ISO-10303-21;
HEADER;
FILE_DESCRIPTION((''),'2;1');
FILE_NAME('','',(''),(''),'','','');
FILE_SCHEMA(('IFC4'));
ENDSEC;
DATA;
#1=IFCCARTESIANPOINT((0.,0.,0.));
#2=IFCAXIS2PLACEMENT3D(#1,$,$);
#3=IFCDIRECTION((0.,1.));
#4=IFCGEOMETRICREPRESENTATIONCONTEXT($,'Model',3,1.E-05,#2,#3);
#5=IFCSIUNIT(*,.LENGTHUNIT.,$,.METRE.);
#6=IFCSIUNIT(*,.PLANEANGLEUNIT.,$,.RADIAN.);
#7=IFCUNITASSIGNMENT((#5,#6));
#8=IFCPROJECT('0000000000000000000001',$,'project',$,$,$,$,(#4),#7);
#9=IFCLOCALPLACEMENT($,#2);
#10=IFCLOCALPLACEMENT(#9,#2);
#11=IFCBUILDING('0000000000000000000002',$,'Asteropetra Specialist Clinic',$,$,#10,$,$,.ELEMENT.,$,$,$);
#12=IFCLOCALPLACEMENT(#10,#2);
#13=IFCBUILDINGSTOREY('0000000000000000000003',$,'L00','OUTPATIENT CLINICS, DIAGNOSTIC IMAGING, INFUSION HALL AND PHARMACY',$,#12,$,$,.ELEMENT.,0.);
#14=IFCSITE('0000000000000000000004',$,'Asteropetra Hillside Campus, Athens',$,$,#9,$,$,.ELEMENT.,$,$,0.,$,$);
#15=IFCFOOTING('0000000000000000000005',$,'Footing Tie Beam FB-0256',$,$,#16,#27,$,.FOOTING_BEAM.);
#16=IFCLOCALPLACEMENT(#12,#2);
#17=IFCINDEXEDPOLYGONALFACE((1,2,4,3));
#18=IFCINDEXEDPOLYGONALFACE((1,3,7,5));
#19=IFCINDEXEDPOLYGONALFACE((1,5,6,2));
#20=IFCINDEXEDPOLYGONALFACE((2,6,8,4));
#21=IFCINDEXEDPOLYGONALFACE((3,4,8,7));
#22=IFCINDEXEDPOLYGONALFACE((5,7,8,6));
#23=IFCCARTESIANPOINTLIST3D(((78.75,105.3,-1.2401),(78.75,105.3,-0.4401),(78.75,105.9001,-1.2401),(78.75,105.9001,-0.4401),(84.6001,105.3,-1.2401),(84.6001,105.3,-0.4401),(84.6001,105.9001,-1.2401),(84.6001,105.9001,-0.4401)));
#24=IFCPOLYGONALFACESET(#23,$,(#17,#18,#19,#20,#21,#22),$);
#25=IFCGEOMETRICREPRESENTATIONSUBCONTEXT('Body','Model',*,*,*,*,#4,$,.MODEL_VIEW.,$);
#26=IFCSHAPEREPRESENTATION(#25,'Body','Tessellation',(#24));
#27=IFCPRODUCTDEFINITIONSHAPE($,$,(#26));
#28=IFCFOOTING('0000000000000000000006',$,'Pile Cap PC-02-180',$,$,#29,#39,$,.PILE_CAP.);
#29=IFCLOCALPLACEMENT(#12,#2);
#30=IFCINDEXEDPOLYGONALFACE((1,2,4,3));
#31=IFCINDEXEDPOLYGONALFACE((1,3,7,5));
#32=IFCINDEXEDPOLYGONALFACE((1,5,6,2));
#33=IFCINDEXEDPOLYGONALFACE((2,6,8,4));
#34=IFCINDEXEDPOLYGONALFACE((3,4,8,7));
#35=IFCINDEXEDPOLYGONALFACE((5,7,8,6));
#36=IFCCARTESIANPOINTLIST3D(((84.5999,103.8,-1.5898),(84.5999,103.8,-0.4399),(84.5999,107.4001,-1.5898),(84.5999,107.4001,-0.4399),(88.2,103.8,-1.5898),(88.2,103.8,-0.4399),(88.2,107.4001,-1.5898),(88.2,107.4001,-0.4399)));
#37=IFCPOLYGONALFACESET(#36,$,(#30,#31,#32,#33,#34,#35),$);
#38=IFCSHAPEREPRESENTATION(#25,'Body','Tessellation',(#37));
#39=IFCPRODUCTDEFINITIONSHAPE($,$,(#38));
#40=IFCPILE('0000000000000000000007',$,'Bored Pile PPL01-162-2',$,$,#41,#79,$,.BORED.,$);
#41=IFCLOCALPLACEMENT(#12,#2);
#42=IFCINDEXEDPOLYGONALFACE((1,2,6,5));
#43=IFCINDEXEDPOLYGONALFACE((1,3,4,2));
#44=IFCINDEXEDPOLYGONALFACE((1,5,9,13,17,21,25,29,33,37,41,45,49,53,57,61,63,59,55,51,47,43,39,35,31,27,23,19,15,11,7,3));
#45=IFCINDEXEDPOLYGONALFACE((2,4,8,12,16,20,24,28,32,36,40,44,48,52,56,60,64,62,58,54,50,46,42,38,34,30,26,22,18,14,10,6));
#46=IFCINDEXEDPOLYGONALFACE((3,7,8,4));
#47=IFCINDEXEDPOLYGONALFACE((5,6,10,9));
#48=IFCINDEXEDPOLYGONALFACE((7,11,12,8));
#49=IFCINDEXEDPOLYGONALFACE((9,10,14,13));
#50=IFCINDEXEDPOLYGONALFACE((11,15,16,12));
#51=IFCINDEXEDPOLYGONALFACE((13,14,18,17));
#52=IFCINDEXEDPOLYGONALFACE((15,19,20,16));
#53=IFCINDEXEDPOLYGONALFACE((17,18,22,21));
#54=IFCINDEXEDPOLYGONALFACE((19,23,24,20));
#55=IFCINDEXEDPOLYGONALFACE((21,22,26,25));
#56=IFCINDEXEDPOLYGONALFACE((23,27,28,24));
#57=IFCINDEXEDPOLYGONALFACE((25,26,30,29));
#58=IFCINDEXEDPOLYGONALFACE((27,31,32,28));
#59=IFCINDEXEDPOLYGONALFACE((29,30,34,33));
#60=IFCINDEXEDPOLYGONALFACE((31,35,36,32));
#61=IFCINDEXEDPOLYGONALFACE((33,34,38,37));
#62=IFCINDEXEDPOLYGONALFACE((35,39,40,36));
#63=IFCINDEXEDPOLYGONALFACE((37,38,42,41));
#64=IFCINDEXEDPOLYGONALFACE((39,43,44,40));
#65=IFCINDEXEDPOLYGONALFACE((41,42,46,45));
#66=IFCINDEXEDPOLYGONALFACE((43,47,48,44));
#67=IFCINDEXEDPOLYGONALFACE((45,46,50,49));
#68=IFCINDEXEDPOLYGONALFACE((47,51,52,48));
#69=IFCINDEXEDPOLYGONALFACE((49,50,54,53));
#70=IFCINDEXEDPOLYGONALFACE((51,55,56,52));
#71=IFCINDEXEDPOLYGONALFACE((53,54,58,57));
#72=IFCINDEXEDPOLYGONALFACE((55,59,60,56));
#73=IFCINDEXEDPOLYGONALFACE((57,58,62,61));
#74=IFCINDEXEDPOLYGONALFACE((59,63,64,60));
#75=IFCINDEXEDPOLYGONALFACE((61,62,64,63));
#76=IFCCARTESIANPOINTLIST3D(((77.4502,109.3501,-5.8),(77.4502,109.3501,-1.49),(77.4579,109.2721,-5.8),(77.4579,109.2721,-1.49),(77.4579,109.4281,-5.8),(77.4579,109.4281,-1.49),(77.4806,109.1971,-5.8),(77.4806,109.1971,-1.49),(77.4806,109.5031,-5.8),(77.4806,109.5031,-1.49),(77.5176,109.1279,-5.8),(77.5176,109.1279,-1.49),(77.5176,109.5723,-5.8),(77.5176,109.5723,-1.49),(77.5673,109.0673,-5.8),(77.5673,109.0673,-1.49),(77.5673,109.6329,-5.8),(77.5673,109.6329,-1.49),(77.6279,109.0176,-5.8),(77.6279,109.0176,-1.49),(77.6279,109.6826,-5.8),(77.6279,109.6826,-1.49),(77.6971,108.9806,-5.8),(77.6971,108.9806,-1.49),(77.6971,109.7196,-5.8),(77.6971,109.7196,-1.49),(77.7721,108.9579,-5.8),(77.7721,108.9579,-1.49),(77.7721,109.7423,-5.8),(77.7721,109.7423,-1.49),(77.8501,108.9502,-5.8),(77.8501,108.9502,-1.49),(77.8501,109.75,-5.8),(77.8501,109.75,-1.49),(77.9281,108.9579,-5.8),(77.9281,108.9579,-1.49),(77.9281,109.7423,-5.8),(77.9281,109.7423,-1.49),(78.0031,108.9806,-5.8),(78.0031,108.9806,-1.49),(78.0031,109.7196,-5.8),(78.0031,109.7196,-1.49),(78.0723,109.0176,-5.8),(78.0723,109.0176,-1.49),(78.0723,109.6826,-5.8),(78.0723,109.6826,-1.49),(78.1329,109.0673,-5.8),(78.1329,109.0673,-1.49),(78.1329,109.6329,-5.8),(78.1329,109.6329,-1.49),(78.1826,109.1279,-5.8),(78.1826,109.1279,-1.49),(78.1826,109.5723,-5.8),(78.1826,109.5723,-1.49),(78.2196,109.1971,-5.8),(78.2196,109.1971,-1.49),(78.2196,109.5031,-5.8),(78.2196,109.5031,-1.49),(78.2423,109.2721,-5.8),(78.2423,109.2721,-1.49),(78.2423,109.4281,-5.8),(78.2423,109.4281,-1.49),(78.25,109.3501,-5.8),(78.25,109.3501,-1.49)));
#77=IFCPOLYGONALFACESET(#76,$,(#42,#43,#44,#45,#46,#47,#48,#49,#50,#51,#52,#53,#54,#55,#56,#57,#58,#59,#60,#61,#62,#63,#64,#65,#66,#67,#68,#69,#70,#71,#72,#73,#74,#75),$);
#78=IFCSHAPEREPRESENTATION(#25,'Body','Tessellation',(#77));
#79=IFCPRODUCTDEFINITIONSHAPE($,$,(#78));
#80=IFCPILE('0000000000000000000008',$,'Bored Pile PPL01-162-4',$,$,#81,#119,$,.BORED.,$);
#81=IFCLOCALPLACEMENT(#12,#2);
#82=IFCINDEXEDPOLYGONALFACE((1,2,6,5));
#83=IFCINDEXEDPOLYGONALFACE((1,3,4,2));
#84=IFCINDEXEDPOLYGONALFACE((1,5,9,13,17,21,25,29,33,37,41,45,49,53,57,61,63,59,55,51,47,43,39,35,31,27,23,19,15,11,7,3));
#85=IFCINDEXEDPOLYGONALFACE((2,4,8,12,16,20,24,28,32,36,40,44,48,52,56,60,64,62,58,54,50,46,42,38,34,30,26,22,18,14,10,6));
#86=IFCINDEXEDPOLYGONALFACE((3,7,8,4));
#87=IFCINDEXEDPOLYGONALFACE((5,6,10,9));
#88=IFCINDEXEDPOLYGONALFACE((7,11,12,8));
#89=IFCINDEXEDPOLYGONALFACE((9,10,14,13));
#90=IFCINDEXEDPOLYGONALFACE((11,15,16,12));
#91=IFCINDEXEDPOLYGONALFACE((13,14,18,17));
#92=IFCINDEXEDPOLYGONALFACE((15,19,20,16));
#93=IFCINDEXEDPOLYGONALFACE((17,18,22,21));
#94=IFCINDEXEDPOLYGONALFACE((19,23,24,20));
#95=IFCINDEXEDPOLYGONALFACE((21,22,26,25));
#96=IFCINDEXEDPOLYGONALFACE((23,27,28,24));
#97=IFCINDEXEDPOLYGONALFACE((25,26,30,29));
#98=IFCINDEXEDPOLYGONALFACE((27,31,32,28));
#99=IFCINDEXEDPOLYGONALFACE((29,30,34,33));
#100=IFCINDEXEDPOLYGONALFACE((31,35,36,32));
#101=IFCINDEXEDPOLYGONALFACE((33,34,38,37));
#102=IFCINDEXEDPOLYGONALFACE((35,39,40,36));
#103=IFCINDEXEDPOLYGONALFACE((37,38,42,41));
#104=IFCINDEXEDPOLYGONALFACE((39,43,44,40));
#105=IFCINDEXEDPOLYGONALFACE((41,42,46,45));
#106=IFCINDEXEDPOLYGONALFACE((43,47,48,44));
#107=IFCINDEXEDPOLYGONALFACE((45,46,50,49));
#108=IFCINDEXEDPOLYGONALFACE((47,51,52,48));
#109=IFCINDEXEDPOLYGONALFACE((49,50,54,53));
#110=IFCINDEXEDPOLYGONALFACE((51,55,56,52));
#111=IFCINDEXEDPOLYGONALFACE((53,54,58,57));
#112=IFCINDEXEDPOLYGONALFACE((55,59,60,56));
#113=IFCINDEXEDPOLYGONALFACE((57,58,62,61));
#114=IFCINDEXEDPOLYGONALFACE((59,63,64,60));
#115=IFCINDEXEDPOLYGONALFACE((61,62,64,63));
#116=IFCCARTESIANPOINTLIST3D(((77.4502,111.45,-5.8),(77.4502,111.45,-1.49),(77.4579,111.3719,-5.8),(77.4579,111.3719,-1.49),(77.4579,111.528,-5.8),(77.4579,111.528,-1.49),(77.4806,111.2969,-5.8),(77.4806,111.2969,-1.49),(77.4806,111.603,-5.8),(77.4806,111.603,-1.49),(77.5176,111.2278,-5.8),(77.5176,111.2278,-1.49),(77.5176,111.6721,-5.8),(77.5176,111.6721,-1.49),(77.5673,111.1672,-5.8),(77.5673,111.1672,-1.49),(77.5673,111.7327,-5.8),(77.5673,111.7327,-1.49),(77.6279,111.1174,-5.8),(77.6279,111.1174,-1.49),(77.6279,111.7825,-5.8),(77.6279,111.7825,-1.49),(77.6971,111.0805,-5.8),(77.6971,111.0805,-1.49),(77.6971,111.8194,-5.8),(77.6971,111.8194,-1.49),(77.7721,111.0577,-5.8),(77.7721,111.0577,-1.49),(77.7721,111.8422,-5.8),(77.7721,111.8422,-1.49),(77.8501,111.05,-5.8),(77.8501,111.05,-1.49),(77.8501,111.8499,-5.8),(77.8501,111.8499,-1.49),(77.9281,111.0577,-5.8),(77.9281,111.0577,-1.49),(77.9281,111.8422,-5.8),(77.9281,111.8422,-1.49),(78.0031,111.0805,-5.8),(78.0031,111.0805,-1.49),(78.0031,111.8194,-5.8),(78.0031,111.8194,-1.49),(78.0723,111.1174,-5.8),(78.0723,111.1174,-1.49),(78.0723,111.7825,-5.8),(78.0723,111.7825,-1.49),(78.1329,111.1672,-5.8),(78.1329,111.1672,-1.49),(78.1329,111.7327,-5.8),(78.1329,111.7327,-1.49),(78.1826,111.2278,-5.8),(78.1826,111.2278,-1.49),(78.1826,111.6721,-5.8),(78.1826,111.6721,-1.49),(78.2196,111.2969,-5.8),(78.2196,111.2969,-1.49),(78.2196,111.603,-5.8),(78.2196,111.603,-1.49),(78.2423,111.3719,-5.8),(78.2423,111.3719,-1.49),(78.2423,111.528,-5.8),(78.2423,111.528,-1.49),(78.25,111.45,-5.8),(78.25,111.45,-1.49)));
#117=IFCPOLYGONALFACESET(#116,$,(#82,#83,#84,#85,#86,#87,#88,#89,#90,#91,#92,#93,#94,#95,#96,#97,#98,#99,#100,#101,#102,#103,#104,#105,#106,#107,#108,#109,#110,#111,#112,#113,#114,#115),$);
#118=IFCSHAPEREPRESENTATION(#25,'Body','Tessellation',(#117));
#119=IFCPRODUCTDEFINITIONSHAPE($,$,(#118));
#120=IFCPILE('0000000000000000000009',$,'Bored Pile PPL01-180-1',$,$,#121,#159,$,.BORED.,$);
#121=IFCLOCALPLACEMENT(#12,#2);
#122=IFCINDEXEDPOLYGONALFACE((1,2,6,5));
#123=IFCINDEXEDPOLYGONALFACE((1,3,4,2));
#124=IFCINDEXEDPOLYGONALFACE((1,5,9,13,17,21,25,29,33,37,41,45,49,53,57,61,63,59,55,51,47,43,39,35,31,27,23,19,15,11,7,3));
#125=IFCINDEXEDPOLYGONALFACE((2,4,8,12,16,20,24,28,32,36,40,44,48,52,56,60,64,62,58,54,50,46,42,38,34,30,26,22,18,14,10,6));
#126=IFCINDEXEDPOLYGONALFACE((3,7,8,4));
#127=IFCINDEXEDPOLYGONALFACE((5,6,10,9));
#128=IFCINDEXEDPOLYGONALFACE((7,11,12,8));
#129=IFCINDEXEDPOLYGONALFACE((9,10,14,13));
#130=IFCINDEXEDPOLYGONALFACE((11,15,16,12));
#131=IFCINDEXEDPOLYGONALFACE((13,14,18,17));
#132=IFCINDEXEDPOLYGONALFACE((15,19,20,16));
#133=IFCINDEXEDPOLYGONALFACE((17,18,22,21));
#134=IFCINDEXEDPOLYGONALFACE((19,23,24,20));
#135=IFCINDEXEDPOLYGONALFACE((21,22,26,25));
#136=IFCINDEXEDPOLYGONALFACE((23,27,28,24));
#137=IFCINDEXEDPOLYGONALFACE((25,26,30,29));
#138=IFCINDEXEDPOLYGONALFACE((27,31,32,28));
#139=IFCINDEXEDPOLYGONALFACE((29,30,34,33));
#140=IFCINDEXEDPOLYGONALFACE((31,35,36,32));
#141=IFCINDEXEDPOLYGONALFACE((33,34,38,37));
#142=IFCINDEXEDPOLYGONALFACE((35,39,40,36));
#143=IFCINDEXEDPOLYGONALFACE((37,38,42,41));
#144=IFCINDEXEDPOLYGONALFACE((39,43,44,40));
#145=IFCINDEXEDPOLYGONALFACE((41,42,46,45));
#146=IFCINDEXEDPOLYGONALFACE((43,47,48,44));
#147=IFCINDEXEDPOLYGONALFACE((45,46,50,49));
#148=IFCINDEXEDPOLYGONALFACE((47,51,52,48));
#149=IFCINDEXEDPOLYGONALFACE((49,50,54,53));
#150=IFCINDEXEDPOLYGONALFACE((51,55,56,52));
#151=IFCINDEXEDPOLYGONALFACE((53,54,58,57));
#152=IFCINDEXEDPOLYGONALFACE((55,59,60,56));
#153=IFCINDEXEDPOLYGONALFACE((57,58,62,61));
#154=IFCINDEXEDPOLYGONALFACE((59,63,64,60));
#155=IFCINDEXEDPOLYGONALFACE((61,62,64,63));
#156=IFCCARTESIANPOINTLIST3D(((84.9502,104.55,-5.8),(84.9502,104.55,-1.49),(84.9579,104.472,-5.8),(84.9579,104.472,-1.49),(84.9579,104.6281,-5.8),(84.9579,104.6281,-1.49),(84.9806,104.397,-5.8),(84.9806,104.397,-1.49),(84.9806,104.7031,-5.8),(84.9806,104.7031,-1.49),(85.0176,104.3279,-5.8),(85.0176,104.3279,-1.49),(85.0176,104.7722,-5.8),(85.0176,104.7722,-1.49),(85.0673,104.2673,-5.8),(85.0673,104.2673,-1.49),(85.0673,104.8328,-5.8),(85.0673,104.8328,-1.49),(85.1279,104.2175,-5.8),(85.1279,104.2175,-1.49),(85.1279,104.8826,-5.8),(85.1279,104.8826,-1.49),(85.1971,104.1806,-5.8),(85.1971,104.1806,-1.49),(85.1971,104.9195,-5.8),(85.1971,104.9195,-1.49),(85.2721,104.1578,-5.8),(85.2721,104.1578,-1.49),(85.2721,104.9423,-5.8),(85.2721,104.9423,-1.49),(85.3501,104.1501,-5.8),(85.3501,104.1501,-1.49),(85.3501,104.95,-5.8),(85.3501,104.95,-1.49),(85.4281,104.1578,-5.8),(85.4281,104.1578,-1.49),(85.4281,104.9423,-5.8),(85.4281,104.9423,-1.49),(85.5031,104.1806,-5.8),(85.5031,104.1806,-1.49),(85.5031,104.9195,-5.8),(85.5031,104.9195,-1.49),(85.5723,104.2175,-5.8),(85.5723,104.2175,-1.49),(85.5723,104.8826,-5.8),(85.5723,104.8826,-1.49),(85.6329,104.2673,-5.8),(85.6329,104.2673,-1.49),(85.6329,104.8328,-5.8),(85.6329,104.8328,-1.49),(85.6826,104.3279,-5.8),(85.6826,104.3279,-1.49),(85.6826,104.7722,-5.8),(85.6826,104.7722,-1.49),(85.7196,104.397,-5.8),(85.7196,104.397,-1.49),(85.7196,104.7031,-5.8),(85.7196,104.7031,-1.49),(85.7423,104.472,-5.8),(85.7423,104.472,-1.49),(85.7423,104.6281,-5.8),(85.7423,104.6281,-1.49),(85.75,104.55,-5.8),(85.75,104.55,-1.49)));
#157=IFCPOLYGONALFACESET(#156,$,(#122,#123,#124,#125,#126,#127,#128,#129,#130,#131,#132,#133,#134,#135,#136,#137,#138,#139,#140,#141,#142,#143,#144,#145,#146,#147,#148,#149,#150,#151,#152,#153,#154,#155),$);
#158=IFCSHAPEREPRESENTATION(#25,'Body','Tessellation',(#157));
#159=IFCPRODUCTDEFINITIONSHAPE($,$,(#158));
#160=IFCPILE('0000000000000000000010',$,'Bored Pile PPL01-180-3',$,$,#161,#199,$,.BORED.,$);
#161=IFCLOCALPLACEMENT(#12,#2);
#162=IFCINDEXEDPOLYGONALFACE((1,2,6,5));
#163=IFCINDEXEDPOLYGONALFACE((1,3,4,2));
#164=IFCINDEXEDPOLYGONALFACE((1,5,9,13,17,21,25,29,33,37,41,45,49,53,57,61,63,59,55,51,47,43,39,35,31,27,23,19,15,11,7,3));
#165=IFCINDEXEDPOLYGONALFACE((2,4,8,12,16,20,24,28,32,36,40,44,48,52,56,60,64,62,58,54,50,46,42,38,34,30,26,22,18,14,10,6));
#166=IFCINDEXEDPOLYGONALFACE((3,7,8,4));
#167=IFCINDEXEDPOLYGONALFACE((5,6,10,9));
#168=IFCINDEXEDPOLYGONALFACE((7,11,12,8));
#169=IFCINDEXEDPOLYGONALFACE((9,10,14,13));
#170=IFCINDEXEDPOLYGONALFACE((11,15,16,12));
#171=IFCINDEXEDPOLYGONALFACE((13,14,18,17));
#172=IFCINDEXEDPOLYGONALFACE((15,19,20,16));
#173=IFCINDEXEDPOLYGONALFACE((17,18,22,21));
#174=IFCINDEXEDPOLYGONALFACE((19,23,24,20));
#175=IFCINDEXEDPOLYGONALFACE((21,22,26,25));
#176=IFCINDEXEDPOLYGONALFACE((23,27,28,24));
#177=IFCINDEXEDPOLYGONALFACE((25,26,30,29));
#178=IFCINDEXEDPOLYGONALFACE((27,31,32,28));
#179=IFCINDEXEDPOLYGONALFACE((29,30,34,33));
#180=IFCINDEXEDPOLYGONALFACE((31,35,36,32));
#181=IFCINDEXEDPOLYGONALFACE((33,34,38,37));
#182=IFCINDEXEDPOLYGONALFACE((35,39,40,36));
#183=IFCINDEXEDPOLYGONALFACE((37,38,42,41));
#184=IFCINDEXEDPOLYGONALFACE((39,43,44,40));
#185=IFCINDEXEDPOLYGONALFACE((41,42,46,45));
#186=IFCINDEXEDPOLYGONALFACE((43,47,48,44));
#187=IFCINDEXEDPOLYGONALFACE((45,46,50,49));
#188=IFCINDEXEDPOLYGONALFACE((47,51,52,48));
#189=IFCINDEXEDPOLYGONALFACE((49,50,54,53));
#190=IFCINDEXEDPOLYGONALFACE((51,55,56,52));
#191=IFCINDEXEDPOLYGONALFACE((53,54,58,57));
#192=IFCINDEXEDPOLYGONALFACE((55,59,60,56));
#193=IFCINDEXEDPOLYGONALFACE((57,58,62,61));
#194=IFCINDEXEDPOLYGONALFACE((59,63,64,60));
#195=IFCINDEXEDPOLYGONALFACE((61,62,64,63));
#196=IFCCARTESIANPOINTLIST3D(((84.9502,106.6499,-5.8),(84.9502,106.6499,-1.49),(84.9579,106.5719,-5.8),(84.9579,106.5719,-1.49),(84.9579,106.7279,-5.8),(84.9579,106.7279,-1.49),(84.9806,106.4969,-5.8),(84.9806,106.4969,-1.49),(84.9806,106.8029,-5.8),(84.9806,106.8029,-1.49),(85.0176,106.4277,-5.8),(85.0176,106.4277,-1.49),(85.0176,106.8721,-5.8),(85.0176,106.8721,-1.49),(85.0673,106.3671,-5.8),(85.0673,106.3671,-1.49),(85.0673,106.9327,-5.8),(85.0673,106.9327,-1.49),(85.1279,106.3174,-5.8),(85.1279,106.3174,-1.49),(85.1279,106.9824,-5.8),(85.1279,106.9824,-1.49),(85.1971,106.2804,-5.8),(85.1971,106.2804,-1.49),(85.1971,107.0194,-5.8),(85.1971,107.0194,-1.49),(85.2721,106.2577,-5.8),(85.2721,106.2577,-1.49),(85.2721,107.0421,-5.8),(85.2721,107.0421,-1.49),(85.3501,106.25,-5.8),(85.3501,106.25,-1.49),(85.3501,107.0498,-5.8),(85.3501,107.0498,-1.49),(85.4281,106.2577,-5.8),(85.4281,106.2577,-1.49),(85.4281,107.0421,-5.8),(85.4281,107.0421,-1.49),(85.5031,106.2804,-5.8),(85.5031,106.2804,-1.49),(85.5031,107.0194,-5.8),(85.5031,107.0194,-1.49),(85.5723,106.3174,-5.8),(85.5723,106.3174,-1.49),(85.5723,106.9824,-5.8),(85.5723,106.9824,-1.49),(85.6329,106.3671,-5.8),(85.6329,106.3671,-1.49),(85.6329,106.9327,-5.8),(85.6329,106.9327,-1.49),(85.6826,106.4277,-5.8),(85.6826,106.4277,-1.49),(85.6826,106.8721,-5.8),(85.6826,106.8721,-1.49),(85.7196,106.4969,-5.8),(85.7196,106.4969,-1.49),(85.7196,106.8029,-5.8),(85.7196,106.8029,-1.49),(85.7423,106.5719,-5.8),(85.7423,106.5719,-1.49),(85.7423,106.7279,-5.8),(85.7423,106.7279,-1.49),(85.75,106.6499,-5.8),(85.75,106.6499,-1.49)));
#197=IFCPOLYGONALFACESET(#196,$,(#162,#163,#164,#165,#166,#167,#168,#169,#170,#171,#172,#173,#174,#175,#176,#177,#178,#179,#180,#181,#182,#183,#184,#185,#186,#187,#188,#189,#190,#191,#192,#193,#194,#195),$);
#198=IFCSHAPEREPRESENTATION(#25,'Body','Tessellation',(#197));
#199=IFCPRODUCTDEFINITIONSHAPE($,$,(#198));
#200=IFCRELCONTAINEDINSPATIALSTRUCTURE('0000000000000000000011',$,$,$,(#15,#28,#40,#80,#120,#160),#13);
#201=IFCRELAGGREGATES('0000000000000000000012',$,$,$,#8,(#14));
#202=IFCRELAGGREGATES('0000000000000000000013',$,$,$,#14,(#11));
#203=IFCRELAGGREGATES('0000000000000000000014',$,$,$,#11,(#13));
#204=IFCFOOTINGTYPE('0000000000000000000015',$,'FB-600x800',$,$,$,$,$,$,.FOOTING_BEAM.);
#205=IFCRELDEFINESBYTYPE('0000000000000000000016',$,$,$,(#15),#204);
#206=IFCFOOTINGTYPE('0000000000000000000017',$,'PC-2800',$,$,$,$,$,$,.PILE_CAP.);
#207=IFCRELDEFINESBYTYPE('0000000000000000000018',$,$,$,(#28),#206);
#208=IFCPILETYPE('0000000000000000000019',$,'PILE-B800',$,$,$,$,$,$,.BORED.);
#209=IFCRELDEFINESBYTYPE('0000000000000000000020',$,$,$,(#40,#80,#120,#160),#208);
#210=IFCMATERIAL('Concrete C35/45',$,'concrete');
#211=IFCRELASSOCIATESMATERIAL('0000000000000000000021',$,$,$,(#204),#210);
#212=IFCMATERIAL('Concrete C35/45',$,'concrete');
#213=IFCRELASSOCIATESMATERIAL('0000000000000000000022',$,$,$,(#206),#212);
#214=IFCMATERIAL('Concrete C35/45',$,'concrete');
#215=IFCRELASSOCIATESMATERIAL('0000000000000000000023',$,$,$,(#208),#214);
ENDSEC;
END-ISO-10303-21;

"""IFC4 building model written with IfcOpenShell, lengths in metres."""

from ifc_helpers import new_model, si_unit, direction, frame, origin, origin_2d, place, context, subcontext, project, spatial, rectangle, circle, extrude, material, material_profile, profile_set, type_object, element, save


model = new_model("IFC4")

# Units and contexts
model_context = context("Model", 3, precision=1e-05, world=origin(), true_north=direction((0.0, 1.0)))
body_context = subcontext(model_context, "Body", "Model", "MODEL_VIEW")
ifc_project = project(units=[si_unit("LENGTHUNIT", "METRE"), si_unit("PLANEANGLEUNIT", "RADIAN")], contexts=[model_context])

# Site, building, storey
site_placement = place(None, origin())
site = spatial("IfcSite", under=ifc_project, at=site_placement, Name="Asteropetra Hillside Campus, Athens", CompositionType="ELEMENT", RefElevation=0.0)
building_placement = place(site_placement, origin())
building = spatial("IfcBuilding", under=site, at=building_placement, Name="Asteropetra Specialist Clinic", CompositionType="ELEMENT")
storey_placement = place(building_placement, origin())
storey = spatial("IfcBuildingStorey", under=building, at=storey_placement, Name="L00", Description="OUTPATIENT CLINICS, DIAGNOSTIC IMAGING, INFUSION HALL AND PHARMACY", CompositionType="ELEMENT", Elevation=0.0)

# Footings
ifc_material_1 = material(Name="Concrete C35/45", Category="concrete")
ifc_material_profile_1 = material_profile(ifc_material_1, rectangle(XDim=0.6001, YDim=0.8, at=origin_2d()), Name="FB 600x800")
ifc_profile_set_1 = profile_set([ifc_material_profile_1], Name="Concrete C35/45")
footing_type_1 = type_object("IfcFootingType", Name="FB-600x800", PredefinedType="FOOTING_BEAM", material=ifc_profile_set_1)
footing_1_placement = place(storey_placement, frame((78.75, 105.6001, -0.8401), z_axis=(1.0, 0.0, 0.0), x_axis=(0.0, 1.0, 0.0)))
element("IfcFooting", 1, at=footing_1_placement, inside=storey, type_object=footing_type_1, Name="Footing Tie Beam FB-0256", PredefinedType="FOOTING_BEAM", context=body_context, shape_type="SweptSolid", body=[
    extrude(rectangle(XDim=0.6001, YDim=0.8, at=origin_2d()), origin(), (0.0, 0.0, 1.0), 5.8501),
])
ifc_material_2 = material(Name="Concrete C35/45", Category="concrete")
footing_type_2 = type_object("IfcFootingType", Name="PC-2800", PredefinedType="PILE_CAP", material=ifc_material_2)
footing_2_placement = place(storey_placement, frame((86.3999, 105.6001, -1.5898), z_axis=(0.0, 0.0, 1.0), x_axis=(1.0, 0.0, 0.0)))
element("IfcFooting", 2, at=footing_2_placement, inside=storey, type_object=footing_type_2, Name="Pile Cap PC-02-180", PredefinedType="PILE_CAP", context=body_context, shape_type="SweptSolid", body=[
    extrude(rectangle(XDim=3.6001, YDim=3.6001, at=origin_2d()), origin(), (0.0, 0.0, 1.0), 1.1499),
])

# Piles
ifc_material_3 = material(Name="Concrete C35/45", Category="concrete")
ifc_material_profile_2 = material_profile(ifc_material_3, circle(Radius=0.3999, at=origin_2d()), Name="PILE D800")
ifc_profile_set_2 = profile_set([ifc_material_profile_2], Name="Concrete C35/45")
pile_type_1 = type_object("IfcPileType", Name="PILE-B800", PredefinedType="BORED", material=ifc_profile_set_2)
for number, where, z_axis, x_axis, name in (
    (3, (77.8501, 109.3501, -1.49), (0.0, 0.0, -1.0), (1.0, 0.0, 0.0), "Bored Pile PPL01-162-2"),
    (4, (77.8501, 111.45, -1.49), (0.0, 0.0, -1.0), (1.0, 0.0, 0.0), "Bored Pile PPL01-162-4"),
    (5, (85.3501, 104.55, -1.49), (0.0, 0.0, -1.0), (1.0, 0.0, 0.0), "Bored Pile PPL01-180-1"),
    (6, (85.3501, 106.6499, -1.49), (0.0, 0.0, -1.0), (1.0, 0.0, 0.0), "Bored Pile PPL01-180-3"),
):
    element("IfcPile", number, at=place(storey_placement, frame(where, z_axis=z_axis, x_axis=x_axis)), inside=storey, type_object=pile_type_1, Name=name, PredefinedType="BORED", context=body_context, shape_type="SweptSolid", body=[
        extrude(circle(Radius=0.3999, at=origin_2d()), origin(), (0.0, 0.0, 1.0), 4.3101),
    ])

save(model, "model.ifc")
